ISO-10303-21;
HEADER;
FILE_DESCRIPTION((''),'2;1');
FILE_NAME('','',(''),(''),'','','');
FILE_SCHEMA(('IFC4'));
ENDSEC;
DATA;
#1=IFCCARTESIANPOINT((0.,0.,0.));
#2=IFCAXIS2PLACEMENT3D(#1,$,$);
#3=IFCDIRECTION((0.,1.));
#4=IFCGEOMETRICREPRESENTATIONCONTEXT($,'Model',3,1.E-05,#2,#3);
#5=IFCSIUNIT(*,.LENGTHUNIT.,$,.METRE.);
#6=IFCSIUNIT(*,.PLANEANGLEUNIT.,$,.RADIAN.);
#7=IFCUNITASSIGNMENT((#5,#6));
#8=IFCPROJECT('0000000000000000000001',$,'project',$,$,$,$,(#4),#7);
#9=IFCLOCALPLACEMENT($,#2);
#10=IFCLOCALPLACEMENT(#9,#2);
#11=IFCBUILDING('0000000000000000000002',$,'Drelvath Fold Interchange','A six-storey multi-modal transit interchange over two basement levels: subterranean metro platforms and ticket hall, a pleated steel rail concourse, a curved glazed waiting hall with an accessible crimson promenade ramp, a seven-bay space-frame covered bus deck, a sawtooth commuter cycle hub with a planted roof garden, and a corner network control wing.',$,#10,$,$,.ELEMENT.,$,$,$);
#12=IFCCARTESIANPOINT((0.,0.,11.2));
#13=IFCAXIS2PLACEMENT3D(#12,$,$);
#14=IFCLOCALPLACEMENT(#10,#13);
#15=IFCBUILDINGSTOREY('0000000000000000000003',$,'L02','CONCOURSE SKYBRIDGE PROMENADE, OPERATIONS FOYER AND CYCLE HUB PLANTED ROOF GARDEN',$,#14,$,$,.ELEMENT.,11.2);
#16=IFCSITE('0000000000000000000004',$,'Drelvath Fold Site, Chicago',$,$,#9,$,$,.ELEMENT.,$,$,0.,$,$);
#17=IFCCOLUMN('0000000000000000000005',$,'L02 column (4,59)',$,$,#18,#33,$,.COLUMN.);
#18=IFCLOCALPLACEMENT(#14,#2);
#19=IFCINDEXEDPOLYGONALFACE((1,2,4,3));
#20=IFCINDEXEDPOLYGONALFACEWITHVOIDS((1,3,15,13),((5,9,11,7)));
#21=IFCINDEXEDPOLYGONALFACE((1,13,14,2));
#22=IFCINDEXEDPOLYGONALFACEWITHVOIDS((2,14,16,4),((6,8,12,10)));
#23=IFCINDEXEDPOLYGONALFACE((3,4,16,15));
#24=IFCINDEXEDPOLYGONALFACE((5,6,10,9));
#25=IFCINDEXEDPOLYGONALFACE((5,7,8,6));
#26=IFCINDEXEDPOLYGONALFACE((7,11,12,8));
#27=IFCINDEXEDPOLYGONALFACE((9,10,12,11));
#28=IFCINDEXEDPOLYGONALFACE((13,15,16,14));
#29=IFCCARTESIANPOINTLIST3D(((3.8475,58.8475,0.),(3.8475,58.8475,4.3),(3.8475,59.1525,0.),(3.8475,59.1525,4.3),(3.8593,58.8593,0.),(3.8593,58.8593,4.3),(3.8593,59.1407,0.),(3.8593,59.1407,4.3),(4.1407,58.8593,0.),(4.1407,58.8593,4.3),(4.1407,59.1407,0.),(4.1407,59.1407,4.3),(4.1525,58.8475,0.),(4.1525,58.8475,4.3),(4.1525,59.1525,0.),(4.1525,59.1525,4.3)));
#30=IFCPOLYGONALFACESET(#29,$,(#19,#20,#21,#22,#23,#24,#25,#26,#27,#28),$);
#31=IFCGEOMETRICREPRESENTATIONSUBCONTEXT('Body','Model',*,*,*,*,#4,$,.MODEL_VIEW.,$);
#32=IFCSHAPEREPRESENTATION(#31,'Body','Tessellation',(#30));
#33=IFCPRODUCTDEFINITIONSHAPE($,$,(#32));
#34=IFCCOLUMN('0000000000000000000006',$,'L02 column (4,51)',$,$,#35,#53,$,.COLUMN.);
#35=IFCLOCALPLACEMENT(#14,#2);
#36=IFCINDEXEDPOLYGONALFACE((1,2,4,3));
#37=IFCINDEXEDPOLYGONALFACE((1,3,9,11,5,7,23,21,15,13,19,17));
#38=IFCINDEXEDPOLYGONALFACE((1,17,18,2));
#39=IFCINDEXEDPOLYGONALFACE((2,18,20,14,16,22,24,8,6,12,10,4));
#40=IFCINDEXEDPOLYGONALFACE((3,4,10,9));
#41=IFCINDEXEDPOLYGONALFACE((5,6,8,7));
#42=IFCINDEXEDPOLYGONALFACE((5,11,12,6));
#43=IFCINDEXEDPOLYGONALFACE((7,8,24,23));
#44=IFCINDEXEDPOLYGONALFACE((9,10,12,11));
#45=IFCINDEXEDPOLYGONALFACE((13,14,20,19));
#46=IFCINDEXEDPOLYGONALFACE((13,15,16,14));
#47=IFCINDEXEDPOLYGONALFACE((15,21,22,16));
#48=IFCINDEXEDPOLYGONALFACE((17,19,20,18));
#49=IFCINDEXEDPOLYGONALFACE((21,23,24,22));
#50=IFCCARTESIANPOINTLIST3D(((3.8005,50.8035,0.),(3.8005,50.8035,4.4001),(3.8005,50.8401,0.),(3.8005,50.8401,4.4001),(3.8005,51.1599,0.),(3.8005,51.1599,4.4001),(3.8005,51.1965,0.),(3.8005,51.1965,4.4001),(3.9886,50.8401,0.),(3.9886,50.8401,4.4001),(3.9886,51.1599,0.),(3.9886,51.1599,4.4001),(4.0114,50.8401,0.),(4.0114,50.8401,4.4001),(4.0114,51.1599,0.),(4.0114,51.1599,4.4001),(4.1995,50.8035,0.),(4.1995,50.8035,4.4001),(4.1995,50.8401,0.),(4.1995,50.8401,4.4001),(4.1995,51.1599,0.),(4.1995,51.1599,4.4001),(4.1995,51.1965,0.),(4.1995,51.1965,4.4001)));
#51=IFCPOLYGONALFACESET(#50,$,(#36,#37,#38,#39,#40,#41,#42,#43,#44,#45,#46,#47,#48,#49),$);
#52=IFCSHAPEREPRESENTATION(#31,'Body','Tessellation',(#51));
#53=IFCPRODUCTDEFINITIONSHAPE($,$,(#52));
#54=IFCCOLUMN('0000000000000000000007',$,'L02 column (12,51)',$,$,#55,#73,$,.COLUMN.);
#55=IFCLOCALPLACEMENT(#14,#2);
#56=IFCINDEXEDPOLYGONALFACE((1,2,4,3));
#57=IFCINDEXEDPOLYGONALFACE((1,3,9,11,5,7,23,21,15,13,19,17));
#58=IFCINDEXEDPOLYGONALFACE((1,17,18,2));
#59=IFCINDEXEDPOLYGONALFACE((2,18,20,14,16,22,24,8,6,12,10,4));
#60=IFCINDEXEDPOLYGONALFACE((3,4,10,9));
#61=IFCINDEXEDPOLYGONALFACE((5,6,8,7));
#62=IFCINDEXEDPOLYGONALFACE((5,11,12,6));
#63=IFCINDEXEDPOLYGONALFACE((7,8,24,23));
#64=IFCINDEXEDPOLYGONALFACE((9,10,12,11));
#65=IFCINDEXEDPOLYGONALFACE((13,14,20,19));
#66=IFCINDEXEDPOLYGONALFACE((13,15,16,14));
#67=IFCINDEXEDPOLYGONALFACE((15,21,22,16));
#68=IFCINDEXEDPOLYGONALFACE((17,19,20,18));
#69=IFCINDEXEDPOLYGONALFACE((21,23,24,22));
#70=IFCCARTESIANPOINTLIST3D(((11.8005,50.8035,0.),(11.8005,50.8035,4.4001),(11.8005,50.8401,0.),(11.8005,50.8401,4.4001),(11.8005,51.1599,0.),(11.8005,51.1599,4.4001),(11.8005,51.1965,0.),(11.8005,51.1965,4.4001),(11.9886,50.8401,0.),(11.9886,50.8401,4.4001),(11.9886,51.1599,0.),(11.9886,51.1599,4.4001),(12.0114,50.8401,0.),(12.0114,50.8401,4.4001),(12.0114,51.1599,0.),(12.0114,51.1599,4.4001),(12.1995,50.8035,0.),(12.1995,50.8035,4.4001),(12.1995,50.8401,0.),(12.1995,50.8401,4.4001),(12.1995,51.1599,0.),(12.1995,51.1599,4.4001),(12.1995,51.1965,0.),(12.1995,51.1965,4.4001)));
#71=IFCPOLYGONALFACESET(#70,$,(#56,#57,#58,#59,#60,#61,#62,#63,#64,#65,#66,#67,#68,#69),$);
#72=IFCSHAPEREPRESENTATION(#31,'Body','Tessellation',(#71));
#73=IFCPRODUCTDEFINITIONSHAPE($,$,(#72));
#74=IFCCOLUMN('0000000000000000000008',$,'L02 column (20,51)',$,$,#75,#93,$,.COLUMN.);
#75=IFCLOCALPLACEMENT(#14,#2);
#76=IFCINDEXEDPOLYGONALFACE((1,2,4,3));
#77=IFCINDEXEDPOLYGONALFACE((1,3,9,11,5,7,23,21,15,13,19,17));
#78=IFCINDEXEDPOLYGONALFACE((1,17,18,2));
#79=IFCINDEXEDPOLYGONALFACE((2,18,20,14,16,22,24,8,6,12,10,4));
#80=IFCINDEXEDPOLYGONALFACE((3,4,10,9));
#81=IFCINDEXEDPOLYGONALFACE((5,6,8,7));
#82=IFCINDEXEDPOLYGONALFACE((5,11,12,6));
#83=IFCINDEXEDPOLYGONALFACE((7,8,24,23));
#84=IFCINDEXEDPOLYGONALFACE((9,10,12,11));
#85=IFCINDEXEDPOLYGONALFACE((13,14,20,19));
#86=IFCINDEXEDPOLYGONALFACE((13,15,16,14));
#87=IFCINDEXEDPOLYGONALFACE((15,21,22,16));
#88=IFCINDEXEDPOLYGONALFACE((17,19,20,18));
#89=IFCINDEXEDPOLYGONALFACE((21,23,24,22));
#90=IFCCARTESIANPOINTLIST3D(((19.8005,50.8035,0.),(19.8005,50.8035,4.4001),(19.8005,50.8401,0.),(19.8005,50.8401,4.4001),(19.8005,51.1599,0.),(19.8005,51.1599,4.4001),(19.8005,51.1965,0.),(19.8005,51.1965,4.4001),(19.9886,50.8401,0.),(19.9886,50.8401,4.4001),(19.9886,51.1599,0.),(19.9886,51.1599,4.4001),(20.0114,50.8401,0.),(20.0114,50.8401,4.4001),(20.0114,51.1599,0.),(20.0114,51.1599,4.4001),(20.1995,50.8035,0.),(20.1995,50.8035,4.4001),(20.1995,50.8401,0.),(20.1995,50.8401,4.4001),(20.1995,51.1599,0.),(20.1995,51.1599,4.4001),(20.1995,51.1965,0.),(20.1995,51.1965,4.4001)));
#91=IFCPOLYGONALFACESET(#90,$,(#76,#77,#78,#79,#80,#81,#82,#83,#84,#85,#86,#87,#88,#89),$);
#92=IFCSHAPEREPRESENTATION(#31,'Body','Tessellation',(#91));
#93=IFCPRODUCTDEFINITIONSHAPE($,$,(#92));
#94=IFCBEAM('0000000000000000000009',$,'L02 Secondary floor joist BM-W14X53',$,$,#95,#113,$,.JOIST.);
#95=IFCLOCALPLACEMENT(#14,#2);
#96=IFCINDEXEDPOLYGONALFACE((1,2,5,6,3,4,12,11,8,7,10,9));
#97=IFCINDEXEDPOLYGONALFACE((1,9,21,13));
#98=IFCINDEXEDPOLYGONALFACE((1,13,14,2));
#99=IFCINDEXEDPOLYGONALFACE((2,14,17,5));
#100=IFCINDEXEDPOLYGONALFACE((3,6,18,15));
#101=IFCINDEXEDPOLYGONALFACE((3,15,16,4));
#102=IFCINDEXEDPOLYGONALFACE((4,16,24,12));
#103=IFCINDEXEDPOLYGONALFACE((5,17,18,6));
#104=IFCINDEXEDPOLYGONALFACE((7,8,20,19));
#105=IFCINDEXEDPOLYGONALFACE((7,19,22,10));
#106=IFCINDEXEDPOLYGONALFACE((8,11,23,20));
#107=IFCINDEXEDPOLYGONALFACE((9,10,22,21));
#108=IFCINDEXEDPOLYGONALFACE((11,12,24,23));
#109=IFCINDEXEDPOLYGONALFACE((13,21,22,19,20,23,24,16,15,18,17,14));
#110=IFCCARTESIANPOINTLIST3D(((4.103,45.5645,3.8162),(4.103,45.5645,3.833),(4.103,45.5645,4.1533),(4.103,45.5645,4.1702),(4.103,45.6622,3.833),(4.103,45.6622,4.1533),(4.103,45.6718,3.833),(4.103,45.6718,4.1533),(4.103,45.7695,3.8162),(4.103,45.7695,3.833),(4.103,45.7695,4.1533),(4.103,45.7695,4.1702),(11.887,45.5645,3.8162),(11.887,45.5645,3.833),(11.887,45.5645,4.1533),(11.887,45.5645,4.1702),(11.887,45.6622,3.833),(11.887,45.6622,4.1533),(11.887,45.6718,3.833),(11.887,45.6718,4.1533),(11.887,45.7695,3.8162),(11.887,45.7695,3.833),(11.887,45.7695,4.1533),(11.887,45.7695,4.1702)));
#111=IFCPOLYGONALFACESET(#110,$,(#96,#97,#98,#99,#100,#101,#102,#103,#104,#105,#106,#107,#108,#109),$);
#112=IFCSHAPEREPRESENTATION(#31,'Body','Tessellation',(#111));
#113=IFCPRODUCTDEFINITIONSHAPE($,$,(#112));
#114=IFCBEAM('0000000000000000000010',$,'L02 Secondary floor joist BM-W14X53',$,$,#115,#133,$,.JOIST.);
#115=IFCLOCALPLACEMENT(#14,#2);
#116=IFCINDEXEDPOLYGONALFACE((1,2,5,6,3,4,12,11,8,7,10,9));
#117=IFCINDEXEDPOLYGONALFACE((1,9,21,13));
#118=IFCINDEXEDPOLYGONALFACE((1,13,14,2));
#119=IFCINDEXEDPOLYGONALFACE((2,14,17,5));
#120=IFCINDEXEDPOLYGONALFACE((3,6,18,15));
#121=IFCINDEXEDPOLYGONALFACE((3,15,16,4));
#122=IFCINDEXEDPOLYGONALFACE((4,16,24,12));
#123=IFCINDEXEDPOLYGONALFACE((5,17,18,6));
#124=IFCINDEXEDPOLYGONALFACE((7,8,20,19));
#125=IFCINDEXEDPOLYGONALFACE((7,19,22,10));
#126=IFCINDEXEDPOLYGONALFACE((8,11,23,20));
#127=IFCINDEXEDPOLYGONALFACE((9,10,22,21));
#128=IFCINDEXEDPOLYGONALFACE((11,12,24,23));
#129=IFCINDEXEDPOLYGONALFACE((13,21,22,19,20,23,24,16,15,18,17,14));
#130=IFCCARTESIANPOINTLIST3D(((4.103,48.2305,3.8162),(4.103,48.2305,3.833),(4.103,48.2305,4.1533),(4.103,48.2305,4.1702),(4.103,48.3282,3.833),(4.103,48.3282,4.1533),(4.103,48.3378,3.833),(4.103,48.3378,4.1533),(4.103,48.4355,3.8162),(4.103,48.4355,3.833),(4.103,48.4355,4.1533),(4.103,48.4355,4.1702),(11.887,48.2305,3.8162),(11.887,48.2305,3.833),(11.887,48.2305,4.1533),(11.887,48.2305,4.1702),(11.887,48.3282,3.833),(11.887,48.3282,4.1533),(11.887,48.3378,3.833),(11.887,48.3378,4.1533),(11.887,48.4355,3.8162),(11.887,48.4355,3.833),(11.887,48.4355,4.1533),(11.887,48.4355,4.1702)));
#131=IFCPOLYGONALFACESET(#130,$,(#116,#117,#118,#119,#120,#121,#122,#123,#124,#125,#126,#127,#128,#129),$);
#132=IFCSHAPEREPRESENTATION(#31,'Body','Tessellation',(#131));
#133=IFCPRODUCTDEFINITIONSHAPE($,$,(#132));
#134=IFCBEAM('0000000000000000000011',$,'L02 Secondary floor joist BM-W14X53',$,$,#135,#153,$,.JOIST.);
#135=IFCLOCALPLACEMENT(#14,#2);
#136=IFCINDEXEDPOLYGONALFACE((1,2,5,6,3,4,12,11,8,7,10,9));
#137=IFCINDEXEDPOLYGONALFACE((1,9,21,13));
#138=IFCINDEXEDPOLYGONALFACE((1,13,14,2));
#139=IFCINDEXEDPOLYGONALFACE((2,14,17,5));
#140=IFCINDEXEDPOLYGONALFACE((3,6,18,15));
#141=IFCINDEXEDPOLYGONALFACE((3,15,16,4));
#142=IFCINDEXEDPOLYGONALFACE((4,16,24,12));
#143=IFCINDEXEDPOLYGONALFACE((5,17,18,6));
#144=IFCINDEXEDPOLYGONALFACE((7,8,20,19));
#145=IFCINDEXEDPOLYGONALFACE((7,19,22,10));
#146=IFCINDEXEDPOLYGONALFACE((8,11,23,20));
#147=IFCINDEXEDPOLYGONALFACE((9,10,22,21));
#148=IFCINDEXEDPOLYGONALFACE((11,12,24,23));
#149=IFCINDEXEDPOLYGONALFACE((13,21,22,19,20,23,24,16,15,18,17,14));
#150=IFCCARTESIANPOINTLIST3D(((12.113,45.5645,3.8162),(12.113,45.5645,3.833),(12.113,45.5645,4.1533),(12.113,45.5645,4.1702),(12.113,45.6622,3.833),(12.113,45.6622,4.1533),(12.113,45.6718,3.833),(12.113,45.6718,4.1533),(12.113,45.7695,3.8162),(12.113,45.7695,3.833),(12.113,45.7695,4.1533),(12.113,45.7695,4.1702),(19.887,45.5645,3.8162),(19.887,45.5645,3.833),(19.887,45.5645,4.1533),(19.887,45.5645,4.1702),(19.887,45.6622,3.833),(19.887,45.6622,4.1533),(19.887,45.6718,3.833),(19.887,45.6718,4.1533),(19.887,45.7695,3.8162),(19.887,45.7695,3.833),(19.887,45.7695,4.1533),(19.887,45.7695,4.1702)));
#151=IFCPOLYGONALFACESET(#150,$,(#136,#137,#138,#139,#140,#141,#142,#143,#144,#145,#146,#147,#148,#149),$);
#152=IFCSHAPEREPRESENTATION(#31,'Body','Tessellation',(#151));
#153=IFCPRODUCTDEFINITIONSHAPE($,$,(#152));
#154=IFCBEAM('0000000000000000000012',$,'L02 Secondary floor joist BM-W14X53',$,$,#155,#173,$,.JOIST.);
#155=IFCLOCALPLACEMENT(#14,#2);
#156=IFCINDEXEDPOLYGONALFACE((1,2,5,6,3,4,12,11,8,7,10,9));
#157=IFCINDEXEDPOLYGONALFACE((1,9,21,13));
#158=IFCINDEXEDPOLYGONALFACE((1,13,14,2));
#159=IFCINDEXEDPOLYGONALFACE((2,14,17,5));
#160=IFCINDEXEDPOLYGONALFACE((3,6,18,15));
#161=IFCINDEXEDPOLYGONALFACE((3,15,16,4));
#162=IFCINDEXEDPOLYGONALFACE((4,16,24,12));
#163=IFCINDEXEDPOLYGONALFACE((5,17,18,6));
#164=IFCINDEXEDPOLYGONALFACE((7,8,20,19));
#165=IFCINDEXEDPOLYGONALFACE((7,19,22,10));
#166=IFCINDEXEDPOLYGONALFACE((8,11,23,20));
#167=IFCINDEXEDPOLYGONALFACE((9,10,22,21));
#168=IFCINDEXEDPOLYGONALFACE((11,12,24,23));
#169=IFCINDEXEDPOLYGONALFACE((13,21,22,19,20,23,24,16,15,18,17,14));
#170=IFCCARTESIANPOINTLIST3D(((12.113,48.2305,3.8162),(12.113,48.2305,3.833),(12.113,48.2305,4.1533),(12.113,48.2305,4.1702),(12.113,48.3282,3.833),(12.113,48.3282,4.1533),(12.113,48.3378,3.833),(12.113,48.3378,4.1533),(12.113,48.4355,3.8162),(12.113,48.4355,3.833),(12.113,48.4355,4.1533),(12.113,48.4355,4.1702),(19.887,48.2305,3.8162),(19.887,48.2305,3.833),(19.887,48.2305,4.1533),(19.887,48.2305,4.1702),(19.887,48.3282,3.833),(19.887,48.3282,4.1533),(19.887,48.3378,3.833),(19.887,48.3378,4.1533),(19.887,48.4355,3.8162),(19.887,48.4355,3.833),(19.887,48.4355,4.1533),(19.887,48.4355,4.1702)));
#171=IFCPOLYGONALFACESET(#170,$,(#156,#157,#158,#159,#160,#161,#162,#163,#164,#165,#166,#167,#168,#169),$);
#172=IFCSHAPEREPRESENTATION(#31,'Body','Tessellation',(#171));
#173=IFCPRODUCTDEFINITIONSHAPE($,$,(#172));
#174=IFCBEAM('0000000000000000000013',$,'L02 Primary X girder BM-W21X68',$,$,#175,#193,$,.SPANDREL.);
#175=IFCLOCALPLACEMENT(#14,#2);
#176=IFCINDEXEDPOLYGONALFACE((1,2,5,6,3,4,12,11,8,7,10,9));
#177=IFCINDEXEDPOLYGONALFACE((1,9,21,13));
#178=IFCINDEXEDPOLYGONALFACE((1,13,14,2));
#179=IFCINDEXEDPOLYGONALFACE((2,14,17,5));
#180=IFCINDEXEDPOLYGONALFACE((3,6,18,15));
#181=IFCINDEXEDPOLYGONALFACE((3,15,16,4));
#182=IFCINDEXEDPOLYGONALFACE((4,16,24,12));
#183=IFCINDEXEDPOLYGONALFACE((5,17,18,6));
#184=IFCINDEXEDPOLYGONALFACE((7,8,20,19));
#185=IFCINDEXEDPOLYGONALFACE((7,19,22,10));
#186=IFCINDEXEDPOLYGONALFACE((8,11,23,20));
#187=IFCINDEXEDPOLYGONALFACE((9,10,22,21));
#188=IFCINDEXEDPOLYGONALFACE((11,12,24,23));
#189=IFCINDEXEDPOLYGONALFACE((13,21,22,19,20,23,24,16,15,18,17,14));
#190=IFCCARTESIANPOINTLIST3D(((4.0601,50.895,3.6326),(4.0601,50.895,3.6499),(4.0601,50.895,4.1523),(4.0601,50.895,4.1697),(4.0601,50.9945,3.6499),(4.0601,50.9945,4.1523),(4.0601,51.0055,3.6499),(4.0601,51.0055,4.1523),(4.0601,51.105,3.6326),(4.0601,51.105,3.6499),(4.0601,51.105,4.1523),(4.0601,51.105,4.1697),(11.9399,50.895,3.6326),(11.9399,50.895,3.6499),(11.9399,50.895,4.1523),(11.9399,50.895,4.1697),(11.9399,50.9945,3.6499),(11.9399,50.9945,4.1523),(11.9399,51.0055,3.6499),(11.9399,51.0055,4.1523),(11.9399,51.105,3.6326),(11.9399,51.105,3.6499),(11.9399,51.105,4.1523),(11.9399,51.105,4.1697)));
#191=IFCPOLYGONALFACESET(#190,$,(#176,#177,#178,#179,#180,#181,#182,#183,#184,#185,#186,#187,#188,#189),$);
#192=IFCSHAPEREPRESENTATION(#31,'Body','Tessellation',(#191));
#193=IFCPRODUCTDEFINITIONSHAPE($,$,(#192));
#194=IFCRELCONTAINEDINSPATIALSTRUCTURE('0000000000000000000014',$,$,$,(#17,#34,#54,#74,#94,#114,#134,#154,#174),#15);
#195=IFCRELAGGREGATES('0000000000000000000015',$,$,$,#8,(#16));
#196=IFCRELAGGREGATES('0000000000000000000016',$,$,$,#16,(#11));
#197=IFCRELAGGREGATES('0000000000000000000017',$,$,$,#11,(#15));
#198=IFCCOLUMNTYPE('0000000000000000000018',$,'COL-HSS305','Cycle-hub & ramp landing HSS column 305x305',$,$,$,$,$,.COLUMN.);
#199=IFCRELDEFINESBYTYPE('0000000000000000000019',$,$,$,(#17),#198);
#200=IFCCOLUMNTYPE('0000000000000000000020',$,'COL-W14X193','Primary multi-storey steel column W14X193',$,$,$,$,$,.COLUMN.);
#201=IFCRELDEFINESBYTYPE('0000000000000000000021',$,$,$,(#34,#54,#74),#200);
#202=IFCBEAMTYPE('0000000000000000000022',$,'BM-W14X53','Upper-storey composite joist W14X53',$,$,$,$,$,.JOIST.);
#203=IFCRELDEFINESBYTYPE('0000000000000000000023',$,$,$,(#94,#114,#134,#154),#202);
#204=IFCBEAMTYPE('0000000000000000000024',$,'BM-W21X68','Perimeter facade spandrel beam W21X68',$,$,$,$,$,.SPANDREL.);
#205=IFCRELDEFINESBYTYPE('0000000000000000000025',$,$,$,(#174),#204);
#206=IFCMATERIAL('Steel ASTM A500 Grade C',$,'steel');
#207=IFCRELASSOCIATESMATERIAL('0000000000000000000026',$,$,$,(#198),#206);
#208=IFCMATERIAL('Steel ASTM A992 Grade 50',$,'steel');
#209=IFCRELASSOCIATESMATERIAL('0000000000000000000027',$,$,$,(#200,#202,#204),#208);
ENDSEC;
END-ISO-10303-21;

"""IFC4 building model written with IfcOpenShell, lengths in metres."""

from ifc_helpers import new_model, si_unit, direction, frame, origin, origin_2d, place, context, subcontext, project, spatial, hollow_rectangle, i_section, extrude, material, material_profile, profile_set, type_object, element, save


model = new_model("IFC4")

# Units and contexts
model_context = context("Model", 3, precision=1e-05, world=origin(), true_north=direction((0.0, 1.0)))
body_context = subcontext(model_context, "Body", "Model", "MODEL_VIEW")
ifc_project = project(units=[si_unit("LENGTHUNIT", "METRE"), si_unit("PLANEANGLEUNIT", "RADIAN")], contexts=[model_context])

# Site, building, storey
site_placement = place(None, origin())
site = spatial("IfcSite", under=ifc_project, at=site_placement, Name="Drelvath Fold Site, Chicago", CompositionType="ELEMENT", RefElevation=0.0)
building_placement = place(site_placement, origin())
building = spatial("IfcBuilding", under=site, at=building_placement, Name="Drelvath Fold Interchange", Description="A six-storey multi-modal transit interchange over two basement levels: subterranean metro platforms and ticket hall, a pleated steel rail concourse, a curved glazed waiting hall with an accessible crimson promenade ramp, a seven-bay space-frame covered bus deck, a sawtooth commuter cycle hub with a planted roof garden, and a corner network control wing.", CompositionType="ELEMENT")
storey_placement = place(building_placement, frame((0.0, 0.0, 11.2)))
storey = spatial("IfcBuildingStorey", under=building, at=storey_placement, Name="L02", Description="CONCOURSE SKYBRIDGE PROMENADE, OPERATIONS FOYER AND CYCLE HUB PLANTED ROOF GARDEN", CompositionType="ELEMENT", Elevation=11.2)

# Columns
ifc_material_1 = material(Name="Steel ASTM A500 Grade C", Category="steel")
ifc_material_profile_1 = material_profile(ifc_material_1, hollow_rectangle(XDim=0.3049, YDim=0.3049, WallThickness=0.0117, at=origin_2d()), Name="HSS12X12X1/2")
ifc_profile_set_1 = profile_set([ifc_material_profile_1], Name="Steel ASTM A500 Grade C")
column_type_1 = type_object("IfcColumnType", Name="COL-HSS305", Description="Cycle-hub & ramp landing HSS column 305x305", PredefinedType="COLUMN", material=ifc_profile_set_1)
column_placement = place(storey_placement, frame((4.0, 59.0, 0.0), z_axis=(0.0, 0.0, 1.0), x_axis=(1.0, 0.0, 0.0)))
element("IfcColumn", 1, at=column_placement, inside=storey, type_object=column_type_1, Name="L02 column (4,59)", PredefinedType="COLUMN", context=body_context, shape_type="SweptSolid", body=[
    extrude(hollow_rectangle(XDim=0.3049, YDim=0.3049, WallThickness=0.0117, at=origin_2d()), origin(), (0.0, 0.0, 1.0), 4.3),
])
ifc_material_2 = material(Name="Steel ASTM A992 Grade 50", Category="steel")
ifc_material_profile_2 = material_profile(ifc_material_2, i_section(OverallWidth=0.3989, OverallDepth=0.3931, WebThickness=0.0227, FlangeThickness=0.0366, at=origin_2d()), Name="W14X193")
ifc_profile_set_2 = profile_set([ifc_material_profile_2], Name="Steel ASTM A992 Grade 50")
column_type_2 = type_object("IfcColumnType", Name="COL-W14X193", Description="Primary multi-storey steel column W14X193", PredefinedType="COLUMN", material=ifc_profile_set_2)
for number, where, z_axis, x_axis, name in (
    (2, (4.0, 51.0, 0.0), (0.0, 0.0, 1.0), (1.0, 0.0, 0.0), "L02 column (4,51)"),
    (3, (12.0, 51.0, 0.0), (0.0, 0.0, 1.0), (1.0, 0.0, 0.0), "L02 column (12,51)"),
    (4, (20.0, 51.0, 0.0), (0.0, 0.0, 1.0), (1.0, 0.0, 0.0), "L02 column (20,51)"),
):
    element("IfcColumn", number, at=place(storey_placement, frame(where, z_axis=z_axis, x_axis=x_axis)), inside=storey, type_object=column_type_2, Name=name, PredefinedType="COLUMN", context=body_context, shape_type="SweptSolid", body=[
        extrude(i_section(OverallWidth=0.3989, OverallDepth=0.3931, WebThickness=0.0227, FlangeThickness=0.0366, at=origin_2d()), origin(), (0.0, 0.0, 1.0), 4.4001),
    ])

# Beams
ifc_material_profile_3 = material_profile(ifc_material_2, i_section(OverallWidth=0.2051, OverallDepth=0.354, WebThickness=0.0095, FlangeThickness=0.0168, at=origin_2d()), Name="W14X53")
ifc_profile_set_3 = profile_set([ifc_material_profile_3], Name="Steel ASTM A992 Grade 50")
beam_type_1 = type_object("IfcBeamType", Name="BM-W14X53", Description="Upper-storey composite joist W14X53", PredefinedType="JOIST", material=ifc_profile_set_3)
for number, where, z_axis, x_axis, name in (
    (5, (4.103, 45.667, 3.9932), (1.0, 0.0, 0.0), (0.0, 1.0, 0.0), "L02 Secondary floor joist BM-W14X53"),
    (6, (4.103, 48.333, 3.9932), (1.0, 0.0, 0.0), (0.0, 1.0, 0.0), "L02 Secondary floor joist BM-W14X53"),
):
    element("IfcBeam", number, at=place(storey_placement, frame(where, z_axis=z_axis, x_axis=x_axis)), inside=storey, type_object=beam_type_1, Name=name, PredefinedType="JOIST", context=body_context, shape_type="SweptSolid", body=[
        extrude(i_section(OverallWidth=0.2051, OverallDepth=0.354, WebThickness=0.0095, FlangeThickness=0.0168, at=origin_2d()), origin(), (0.0, 0.0, 1.0), 7.7839),
    ])
for number, where, z_axis, x_axis, name in (
    (7, (12.113, 45.667, 3.9932), (1.0, 0.0, 0.0), (0.0, 1.0, 0.0), "L02 Secondary floor joist BM-W14X53"),
    (8, (12.113, 48.333, 3.9932), (1.0, 0.0, 0.0), (0.0, 1.0, 0.0), "L02 Secondary floor joist BM-W14X53"),
):
    element("IfcBeam", number, at=place(storey_placement, frame(where, z_axis=z_axis, x_axis=x_axis)), inside=storey, type_object=beam_type_1, Name=name, PredefinedType="JOIST", context=body_context, shape_type="SweptSolid", body=[
        extrude(i_section(OverallWidth=0.2051, OverallDepth=0.354, WebThickness=0.0095, FlangeThickness=0.0168, at=origin_2d()), origin(), (0.0, 0.0, 1.0), 7.7739),
    ])
ifc_material_profile_4 = material_profile(ifc_material_2, i_section(OverallWidth=0.21, OverallDepth=0.5371, WebThickness=0.011, FlangeThickness=0.0173, at=origin_2d()), Name="W21X68")
ifc_profile_set_4 = profile_set([ifc_material_profile_4], Name="Steel ASTM A992 Grade 50")
beam_type_2 = type_object("IfcBeamType", Name="BM-W21X68", Description="Perimeter facade spandrel beam W21X68", PredefinedType="SPANDREL", material=ifc_profile_set_4)
for number, where, z_axis, x_axis, name in (
    (9, (4.0601, 51.0, 3.9011), (1.0, 0.0, 0.0), (0.0, 1.0, 0.0), "L02 Primary X girder BM-W21X68"),
):
    element("IfcBeam", number, at=place(storey_placement, frame(where, z_axis=z_axis, x_axis=x_axis)), inside=storey, type_object=beam_type_2, Name=name, PredefinedType="SPANDREL", context=body_context, shape_type="SweptSolid", body=[
        extrude(i_section(OverallWidth=0.21, OverallDepth=0.5371, WebThickness=0.011, FlangeThickness=0.0173, at=origin_2d()), origin(), (0.0, 0.0, 1.0), 7.8799),
    ])

save(model, "model.ifc")
